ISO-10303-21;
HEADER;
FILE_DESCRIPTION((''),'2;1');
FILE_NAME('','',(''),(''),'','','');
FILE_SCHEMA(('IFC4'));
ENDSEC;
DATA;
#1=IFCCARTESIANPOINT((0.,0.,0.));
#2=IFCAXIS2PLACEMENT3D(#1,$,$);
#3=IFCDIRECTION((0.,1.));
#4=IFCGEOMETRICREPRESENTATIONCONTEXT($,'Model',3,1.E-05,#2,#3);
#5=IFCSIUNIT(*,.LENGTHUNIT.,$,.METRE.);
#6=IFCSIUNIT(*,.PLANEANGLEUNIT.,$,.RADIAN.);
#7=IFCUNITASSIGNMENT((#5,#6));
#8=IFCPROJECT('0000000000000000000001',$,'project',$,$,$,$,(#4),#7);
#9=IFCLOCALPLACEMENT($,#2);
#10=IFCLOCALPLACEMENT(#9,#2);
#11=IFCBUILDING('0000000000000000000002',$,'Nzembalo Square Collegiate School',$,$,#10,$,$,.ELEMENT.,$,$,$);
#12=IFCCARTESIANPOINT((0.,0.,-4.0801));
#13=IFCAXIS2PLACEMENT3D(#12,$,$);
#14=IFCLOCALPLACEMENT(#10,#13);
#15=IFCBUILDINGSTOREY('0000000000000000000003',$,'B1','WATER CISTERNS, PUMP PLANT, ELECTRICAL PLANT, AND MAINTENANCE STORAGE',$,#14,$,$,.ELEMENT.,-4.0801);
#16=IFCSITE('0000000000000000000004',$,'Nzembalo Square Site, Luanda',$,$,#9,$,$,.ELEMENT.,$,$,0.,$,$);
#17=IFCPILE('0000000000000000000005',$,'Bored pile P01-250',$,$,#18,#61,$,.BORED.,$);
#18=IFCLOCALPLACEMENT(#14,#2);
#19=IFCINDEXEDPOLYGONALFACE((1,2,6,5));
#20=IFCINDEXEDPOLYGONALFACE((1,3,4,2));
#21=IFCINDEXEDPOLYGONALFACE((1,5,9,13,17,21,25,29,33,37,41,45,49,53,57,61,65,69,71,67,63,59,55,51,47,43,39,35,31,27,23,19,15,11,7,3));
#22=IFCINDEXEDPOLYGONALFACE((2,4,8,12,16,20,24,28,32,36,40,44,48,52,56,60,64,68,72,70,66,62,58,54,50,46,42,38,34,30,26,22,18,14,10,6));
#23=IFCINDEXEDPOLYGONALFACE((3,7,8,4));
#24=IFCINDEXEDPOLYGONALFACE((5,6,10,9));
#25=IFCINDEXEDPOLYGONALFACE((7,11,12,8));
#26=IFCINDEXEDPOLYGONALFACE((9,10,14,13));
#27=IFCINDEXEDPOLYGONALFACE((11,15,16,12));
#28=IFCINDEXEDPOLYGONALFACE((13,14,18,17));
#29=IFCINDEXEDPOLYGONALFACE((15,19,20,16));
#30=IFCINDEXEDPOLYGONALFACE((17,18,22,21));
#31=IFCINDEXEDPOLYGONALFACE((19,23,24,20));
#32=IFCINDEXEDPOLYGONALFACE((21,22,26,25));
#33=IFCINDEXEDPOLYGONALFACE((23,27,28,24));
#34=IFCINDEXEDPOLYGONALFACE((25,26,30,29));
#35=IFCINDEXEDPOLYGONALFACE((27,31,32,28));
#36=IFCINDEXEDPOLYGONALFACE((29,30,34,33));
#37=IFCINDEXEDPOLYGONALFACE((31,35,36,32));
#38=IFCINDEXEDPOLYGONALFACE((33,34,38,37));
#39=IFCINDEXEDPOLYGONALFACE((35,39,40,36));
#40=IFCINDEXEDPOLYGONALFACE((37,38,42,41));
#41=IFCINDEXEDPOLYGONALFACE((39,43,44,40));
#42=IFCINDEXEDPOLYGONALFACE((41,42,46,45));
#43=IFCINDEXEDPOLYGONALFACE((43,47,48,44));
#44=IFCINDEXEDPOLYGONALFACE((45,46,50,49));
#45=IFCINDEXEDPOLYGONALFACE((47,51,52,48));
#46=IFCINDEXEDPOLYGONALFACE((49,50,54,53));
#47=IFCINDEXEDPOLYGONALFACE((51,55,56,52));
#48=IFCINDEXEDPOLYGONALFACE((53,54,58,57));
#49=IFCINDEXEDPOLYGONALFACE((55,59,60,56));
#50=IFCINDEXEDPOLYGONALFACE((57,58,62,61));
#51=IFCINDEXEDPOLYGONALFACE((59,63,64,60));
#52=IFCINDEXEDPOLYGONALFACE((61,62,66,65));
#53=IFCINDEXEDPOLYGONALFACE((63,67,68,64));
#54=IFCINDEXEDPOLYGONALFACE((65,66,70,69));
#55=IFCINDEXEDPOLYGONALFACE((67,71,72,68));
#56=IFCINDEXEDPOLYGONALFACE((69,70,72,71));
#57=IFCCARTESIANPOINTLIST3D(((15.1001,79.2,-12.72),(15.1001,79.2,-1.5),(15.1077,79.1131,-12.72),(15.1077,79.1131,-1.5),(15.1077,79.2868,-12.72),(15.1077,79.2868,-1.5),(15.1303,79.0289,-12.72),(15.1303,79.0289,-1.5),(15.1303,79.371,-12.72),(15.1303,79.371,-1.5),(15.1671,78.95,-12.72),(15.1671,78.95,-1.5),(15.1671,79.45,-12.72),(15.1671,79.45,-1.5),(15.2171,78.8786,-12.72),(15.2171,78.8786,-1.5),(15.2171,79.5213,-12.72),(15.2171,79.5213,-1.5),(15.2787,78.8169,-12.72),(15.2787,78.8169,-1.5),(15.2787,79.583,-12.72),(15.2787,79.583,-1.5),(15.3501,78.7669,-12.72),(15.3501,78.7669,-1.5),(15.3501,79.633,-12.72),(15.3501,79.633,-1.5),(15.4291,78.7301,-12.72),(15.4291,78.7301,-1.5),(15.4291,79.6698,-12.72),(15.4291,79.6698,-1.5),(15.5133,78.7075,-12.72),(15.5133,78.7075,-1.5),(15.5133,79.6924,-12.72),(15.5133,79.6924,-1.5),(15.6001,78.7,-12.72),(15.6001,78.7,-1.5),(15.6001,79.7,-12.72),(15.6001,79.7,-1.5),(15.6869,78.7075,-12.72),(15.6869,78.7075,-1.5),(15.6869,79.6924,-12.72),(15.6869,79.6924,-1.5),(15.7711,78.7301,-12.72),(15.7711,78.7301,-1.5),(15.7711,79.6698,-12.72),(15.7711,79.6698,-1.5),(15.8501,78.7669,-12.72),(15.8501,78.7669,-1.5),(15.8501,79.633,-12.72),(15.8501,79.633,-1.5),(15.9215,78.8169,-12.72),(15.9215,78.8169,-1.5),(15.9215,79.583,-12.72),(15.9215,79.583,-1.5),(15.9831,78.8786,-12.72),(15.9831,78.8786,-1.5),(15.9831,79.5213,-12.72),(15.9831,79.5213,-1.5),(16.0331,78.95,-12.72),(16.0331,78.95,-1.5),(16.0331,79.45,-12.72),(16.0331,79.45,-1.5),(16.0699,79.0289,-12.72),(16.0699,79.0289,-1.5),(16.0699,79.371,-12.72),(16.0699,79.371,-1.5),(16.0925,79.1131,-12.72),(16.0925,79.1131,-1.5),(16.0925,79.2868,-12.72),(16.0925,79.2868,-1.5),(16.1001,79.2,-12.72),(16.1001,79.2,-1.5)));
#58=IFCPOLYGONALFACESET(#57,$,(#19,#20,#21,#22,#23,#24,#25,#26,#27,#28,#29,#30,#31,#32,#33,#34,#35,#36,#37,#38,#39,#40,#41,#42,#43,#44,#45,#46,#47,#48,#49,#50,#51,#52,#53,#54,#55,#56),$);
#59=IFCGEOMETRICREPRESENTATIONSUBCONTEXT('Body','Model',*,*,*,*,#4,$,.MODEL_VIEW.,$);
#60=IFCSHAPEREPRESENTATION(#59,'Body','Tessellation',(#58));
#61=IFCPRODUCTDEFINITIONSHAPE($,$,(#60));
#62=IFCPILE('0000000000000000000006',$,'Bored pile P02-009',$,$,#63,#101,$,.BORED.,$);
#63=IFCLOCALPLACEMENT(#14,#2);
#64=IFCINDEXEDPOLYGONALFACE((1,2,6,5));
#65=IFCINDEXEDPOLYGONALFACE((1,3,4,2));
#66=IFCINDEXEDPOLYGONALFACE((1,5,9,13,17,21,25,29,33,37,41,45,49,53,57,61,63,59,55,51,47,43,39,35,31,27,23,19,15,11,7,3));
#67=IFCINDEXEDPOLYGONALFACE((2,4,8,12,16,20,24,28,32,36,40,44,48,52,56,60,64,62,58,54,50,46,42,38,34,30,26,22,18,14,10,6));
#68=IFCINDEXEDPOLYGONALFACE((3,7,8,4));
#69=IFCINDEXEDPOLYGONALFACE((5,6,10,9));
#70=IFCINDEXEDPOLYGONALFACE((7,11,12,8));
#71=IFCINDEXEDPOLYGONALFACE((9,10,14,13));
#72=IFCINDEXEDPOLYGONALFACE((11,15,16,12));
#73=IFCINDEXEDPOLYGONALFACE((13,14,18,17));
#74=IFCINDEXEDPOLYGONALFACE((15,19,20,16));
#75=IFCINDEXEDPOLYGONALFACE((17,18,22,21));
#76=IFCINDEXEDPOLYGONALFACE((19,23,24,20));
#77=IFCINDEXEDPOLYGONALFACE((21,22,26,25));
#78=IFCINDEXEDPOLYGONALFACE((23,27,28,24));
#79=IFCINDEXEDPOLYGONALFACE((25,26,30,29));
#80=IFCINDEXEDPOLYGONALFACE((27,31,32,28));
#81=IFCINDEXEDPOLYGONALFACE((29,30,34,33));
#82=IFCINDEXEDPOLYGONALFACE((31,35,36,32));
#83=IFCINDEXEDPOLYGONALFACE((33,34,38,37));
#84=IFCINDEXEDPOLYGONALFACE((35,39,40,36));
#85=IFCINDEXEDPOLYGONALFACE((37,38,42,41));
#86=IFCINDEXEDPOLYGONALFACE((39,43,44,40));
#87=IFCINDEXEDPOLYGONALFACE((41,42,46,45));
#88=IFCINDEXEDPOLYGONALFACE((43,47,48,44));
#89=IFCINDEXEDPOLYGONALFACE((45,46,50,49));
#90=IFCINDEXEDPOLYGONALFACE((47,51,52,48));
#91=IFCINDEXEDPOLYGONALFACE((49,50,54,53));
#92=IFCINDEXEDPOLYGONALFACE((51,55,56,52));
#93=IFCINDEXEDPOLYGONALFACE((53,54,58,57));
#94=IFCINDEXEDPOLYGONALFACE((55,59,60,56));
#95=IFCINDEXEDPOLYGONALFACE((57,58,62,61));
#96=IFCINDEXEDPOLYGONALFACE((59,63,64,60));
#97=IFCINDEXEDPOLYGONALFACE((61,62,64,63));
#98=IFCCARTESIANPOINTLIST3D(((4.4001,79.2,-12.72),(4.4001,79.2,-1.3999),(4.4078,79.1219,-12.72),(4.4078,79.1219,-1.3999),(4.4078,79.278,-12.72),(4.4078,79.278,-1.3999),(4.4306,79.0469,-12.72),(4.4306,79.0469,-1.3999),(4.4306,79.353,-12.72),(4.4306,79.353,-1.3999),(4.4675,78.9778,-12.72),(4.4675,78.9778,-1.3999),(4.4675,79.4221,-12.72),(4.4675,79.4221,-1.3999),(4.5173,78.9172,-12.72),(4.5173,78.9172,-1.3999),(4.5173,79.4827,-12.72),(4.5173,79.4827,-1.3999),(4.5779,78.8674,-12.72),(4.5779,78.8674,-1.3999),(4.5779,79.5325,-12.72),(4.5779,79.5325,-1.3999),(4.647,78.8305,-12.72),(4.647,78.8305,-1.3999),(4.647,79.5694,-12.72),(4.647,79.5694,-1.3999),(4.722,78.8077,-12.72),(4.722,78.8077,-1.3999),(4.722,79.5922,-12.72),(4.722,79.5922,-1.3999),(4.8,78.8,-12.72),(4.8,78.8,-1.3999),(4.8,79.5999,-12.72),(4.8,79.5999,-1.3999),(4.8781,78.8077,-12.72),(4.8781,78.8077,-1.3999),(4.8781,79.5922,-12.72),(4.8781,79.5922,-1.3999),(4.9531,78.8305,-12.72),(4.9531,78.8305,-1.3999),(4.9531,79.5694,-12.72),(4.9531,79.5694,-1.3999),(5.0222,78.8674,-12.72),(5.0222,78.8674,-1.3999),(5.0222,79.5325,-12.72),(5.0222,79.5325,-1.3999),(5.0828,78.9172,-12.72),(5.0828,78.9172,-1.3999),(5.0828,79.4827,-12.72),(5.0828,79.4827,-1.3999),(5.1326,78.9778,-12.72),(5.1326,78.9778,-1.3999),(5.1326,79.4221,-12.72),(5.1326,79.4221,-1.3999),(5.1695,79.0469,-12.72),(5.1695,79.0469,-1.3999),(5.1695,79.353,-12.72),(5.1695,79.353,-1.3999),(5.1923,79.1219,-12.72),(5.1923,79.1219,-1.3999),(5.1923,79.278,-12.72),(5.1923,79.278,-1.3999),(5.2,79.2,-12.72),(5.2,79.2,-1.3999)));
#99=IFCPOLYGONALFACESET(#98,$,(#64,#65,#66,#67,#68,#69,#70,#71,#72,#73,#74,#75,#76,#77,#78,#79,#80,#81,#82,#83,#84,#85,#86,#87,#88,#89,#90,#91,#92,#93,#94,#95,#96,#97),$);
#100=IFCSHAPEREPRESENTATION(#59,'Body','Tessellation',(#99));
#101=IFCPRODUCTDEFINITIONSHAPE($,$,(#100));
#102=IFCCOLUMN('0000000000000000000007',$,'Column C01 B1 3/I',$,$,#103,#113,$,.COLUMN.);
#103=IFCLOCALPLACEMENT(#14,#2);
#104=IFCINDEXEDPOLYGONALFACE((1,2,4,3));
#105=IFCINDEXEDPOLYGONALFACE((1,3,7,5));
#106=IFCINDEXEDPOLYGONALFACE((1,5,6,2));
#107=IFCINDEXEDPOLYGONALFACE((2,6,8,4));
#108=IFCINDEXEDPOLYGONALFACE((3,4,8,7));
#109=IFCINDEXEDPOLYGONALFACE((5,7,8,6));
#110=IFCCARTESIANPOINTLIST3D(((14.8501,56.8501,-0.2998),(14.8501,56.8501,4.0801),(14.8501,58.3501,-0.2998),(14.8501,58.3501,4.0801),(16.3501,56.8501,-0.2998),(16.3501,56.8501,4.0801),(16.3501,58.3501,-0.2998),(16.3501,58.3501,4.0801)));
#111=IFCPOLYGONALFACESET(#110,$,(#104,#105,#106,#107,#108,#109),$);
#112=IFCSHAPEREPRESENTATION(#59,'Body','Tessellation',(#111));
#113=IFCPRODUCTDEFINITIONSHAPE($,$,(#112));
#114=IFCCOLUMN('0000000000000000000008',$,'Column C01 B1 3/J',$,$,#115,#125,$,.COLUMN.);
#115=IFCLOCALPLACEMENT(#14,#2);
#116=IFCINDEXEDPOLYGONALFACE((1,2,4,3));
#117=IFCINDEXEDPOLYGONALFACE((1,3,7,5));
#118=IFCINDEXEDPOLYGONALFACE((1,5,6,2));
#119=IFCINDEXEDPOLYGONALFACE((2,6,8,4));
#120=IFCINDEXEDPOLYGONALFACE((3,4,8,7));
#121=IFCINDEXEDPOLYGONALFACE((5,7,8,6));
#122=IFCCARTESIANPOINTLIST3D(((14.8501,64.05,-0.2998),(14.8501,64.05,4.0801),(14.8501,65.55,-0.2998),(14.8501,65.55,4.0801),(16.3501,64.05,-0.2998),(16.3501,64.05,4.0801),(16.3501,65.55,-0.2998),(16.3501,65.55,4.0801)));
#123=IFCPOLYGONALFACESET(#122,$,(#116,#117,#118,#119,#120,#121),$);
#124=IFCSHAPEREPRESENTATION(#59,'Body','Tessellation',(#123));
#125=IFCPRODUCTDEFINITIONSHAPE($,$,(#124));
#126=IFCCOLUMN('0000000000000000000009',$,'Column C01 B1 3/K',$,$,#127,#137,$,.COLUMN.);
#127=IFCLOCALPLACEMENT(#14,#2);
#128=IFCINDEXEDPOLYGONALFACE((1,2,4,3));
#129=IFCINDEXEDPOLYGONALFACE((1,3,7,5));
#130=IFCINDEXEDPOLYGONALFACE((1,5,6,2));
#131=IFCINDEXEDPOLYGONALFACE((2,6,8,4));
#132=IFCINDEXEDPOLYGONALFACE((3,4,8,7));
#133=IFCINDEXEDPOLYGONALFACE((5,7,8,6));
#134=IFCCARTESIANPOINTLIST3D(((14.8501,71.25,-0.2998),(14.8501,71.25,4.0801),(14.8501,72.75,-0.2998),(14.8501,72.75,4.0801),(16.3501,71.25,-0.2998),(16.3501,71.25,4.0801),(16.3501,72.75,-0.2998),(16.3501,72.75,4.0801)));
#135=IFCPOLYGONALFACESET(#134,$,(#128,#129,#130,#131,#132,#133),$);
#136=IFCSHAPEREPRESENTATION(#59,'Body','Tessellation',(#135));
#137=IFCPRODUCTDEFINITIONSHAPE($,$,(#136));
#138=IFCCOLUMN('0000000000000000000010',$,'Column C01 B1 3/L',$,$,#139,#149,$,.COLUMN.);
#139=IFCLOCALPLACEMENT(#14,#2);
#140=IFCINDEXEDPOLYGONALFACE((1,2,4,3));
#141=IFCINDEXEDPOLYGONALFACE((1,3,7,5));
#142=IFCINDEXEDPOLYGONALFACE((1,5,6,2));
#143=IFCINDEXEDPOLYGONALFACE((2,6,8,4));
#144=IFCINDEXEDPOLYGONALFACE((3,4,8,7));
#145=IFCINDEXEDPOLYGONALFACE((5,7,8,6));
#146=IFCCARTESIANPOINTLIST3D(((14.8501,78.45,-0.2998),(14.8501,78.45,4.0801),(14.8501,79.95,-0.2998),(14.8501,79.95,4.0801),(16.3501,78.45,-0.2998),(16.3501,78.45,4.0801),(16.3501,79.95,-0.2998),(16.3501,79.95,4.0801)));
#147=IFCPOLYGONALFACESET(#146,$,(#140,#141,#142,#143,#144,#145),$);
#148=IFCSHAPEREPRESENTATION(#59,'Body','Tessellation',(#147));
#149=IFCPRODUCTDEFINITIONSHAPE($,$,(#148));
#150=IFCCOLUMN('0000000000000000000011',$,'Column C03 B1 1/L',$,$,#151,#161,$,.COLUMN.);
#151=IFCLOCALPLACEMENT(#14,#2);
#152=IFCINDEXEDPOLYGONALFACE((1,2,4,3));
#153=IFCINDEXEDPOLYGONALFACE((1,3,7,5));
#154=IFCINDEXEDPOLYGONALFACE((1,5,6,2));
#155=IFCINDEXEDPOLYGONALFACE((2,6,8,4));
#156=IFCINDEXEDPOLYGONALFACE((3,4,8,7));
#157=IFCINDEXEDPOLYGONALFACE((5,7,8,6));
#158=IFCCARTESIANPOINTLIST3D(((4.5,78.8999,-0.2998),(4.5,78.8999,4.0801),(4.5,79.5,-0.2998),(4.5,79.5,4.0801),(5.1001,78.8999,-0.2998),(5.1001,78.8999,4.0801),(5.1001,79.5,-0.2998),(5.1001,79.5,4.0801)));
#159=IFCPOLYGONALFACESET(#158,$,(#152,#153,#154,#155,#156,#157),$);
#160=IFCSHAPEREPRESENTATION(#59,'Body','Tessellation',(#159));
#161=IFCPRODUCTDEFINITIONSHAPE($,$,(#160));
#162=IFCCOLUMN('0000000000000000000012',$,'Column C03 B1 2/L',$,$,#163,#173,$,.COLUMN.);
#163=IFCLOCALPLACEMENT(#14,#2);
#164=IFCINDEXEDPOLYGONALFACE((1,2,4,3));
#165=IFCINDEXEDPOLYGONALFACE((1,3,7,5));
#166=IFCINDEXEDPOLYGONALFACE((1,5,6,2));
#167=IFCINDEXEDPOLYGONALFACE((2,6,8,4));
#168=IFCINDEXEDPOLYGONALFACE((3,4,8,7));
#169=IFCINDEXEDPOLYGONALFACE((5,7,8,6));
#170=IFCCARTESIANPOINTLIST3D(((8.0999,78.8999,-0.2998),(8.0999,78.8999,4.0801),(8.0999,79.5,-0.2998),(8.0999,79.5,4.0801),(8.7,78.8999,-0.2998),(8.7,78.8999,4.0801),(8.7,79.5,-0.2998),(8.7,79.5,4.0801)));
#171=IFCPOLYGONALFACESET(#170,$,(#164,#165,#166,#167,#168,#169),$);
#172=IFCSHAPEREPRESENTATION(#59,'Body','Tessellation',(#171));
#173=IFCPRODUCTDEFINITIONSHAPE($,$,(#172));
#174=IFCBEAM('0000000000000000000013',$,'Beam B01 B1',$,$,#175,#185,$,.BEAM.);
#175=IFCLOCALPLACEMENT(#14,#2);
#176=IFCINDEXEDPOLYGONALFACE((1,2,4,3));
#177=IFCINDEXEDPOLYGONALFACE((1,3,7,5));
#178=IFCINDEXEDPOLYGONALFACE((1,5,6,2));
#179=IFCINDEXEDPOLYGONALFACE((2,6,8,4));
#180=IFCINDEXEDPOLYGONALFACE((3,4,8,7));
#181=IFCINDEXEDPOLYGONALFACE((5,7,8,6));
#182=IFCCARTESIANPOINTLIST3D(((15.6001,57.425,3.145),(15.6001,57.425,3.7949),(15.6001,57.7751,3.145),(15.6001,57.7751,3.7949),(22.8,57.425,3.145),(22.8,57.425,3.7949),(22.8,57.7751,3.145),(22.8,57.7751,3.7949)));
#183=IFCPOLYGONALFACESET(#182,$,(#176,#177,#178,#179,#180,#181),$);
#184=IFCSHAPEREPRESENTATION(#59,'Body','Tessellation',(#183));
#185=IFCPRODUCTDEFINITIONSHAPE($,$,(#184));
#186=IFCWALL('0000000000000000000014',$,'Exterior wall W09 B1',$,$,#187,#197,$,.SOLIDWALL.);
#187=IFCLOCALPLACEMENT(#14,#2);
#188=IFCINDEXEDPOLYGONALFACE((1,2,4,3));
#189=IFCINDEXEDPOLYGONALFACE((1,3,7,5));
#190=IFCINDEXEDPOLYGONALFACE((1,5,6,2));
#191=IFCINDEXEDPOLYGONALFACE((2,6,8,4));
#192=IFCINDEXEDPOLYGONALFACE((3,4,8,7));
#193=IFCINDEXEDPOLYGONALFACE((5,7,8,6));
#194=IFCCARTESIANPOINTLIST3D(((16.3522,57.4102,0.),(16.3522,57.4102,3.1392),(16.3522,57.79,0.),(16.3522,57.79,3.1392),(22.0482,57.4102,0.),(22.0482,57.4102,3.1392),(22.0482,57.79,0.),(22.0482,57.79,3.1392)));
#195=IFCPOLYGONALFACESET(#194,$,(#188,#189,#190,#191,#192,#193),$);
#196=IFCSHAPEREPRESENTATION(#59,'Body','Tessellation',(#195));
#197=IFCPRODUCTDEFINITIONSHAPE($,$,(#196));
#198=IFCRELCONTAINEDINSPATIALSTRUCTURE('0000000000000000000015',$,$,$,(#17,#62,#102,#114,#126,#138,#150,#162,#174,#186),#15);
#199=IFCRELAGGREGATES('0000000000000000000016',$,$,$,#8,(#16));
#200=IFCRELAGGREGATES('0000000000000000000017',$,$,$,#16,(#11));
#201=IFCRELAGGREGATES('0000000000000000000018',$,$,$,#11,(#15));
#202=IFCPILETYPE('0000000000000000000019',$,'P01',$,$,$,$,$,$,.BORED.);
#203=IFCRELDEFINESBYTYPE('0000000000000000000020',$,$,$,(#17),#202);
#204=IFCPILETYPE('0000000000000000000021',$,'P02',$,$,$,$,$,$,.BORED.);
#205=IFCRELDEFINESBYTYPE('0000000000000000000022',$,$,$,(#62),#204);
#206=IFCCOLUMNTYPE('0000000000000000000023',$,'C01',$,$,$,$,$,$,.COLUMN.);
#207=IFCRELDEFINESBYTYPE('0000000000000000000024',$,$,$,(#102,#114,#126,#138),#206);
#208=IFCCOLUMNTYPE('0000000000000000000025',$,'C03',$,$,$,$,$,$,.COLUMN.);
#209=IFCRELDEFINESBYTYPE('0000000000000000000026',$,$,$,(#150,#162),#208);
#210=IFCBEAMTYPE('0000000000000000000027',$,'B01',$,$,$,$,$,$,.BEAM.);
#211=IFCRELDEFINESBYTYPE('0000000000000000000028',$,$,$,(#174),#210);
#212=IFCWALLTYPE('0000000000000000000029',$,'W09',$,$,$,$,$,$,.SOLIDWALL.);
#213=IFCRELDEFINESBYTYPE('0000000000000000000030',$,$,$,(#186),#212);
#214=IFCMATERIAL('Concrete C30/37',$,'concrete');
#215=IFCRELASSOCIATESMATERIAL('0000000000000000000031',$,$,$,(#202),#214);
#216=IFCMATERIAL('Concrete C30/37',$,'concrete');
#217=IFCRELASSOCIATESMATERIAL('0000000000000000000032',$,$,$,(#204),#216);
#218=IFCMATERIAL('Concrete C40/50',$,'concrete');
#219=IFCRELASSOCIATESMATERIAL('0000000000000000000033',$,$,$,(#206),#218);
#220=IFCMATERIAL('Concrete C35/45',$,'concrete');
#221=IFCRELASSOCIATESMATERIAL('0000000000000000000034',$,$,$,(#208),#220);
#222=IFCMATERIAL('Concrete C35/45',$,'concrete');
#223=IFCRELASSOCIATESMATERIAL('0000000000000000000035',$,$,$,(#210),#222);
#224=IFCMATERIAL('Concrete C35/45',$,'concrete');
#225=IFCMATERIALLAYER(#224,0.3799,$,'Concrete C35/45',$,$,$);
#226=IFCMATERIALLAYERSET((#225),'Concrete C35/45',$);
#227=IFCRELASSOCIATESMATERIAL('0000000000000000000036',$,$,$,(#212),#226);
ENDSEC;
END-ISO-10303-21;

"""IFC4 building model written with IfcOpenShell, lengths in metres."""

from ifc_helpers import new_model, si_unit, direction, frame, frame_2d, origin, origin_2d, place, context, subcontext, project, spatial, rectangle, circle, extrude, material, layer, layer_set, material_profile, profile_set, type_object, element, save


model = new_model("IFC4")

# Units and contexts
model_context = context("Model", 3, precision=1e-05, world=origin(), true_north=direction((0.0, 1.0)))
body_context = subcontext(model_context, "Body", "Model", "MODEL_VIEW")
ifc_project = project(units=[si_unit("LENGTHUNIT", "METRE"), si_unit("PLANEANGLEUNIT", "RADIAN")], contexts=[model_context])

# Site, building, storey
site_placement = place(None, origin())
site = spatial("IfcSite", under=ifc_project, at=site_placement, Name="Nzembalo Square Site, Luanda", CompositionType="ELEMENT", RefElevation=0.0)
building_placement = place(site_placement, origin())
building = spatial("IfcBuilding", under=site, at=building_placement, Name="Nzembalo Square Collegiate School", CompositionType="ELEMENT")
storey_placement = place(building_placement, frame((0.0, 0.0, -4.0801)))
storey = spatial("IfcBuildingStorey", under=building, at=storey_placement, Name="B1", Description="WATER CISTERNS, PUMP PLANT, ELECTRICAL PLANT, AND MAINTENANCE STORAGE", CompositionType="ELEMENT", Elevation=-4.0801)

# Piles
ifc_material_1 = material(Name="Concrete C30/37", Category="concrete")
ifc_material_profile_1 = material_profile(ifc_material_1, circle(Radius=0.5, at=origin_2d()), Name="PILE D1000")
ifc_profile_set_1 = profile_set([ifc_material_profile_1], Name="Concrete C30/37")
pile_type_1 = type_object("IfcPileType", Name="P01", PredefinedType="BORED", material=ifc_profile_set_1)
pile_1_placement = place(storey_placement, frame((15.6001, 79.2, -1.5), z_axis=(0.0, 0.0, -1.0), x_axis=(1.0, 0.0, 0.0)))
element("IfcPile", 1, at=pile_1_placement, inside=storey, type_object=pile_type_1, Name="Bored pile P01-250", PredefinedType="BORED", context=body_context, shape_type="SweptSolid", body=[
    extrude(circle(Radius=0.5, at=origin_2d()), origin(), (0.0, 0.0, 1.0), 11.22),
])
ifc_material_2 = material(Name="Concrete C30/37", Category="concrete")
ifc_material_profile_2 = material_profile(ifc_material_2, circle(Radius=0.3999, at=origin_2d()), Name="PILE D800")
ifc_profile_set_2 = profile_set([ifc_material_profile_2], Name="Concrete C30/37")
pile_type_2 = type_object("IfcPileType", Name="P02", PredefinedType="BORED", material=ifc_profile_set_2)
pile_2_placement = place(storey_placement, frame((4.8, 79.2, -1.3999), z_axis=(0.0, 0.0, -1.0), x_axis=(1.0, 0.0, 0.0)))
element("IfcPile", 2, at=pile_2_placement, inside=storey, type_object=pile_type_2, Name="Bored pile P02-009", PredefinedType="BORED", context=body_context, shape_type="SweptSolid", body=[
    extrude(circle(Radius=0.3999, at=origin_2d()), origin(), (0.0, 0.0, 1.0), 11.3201),
])

# Columns
ifc_material_3 = material(Name="Concrete C40/50", Category="concrete")
ifc_material_profile_3 = material_profile(ifc_material_3, rectangle(XDim=1.5, YDim=1.5, at=origin_2d()), Name="RC 1500x1500")
ifc_profile_set_3 = profile_set([ifc_material_profile_3], Name="Concrete C40/50")
column_type_1 = type_object("IfcColumnType", Name="C01", PredefinedType="COLUMN", material=ifc_profile_set_3)
for number, where, z_axis, x_axis, name in (
    (3, (15.6001, 57.6001, -0.2998), (0.0, 0.0, 1.0), (1.0, 0.0, 0.0), "Column C01 B1 3/I"),
    (4, (15.6001, 64.8, -0.2998), (0.0, 0.0, 1.0), (1.0, 0.0, 0.0), "Column C01 B1 3/J"),
    (5, (15.6001, 72.0, -0.2998), (0.0, 0.0, 1.0), (1.0, 0.0, 0.0), "Column C01 B1 3/K"),
    (6, (15.6001, 79.2, -0.2998), (0.0, 0.0, 1.0), (1.0, 0.0, 0.0), "Column C01 B1 3/L"),
):
    element("IfcColumn", number, at=place(storey_placement, frame(where, z_axis=z_axis, x_axis=x_axis)), inside=storey, type_object=column_type_1, Name=name, PredefinedType="COLUMN", context=body_context, shape_type="SweptSolid", body=[
        extrude(rectangle(XDim=1.5, YDim=1.5, at=origin_2d()), origin(), (0.0, 0.0, 1.0), 4.3799),
    ])
ifc_material_4 = material(Name="Concrete C35/45", Category="concrete")
ifc_material_profile_4 = material_profile(ifc_material_4, rectangle(XDim=0.6001, YDim=0.6001, at=origin_2d()), Name="RC 600x600")
ifc_profile_set_4 = profile_set([ifc_material_profile_4], Name="Concrete C35/45")
column_type_2 = type_object("IfcColumnType", Name="C03", PredefinedType="COLUMN", material=ifc_profile_set_4)
for number, where, z_axis, x_axis, name in (
    (7, (4.8, 79.2, -0.2998), (0.0, 0.0, 1.0), (1.0, 0.0, 0.0), "Column C03 B1 1/L"),
    (8, (8.3999, 79.2, -0.2998), (0.0, 0.0, 1.0), (1.0, 0.0, 0.0), "Column C03 B1 2/L"),
):
    element("IfcColumn", number, at=place(storey_placement, frame(where, z_axis=z_axis, x_axis=x_axis)), inside=storey, type_object=column_type_2, Name=name, PredefinedType="COLUMN", context=body_context, shape_type="SweptSolid", body=[
        extrude(rectangle(XDim=0.6001, YDim=0.6001, at=origin_2d()), origin(), (0.0, 0.0, 1.0), 4.3799),
    ])

# Beam
ifc_material_5 = material(Name="Concrete C35/45", Category="concrete")
ifc_material_profile_5 = material_profile(ifc_material_5, rectangle(XDim=0.3501, YDim=0.6499, at=origin_2d()), Name="RC 350x650")
ifc_profile_set_5 = profile_set([ifc_material_profile_5], Name="Concrete C35/45")
beam_type = type_object("IfcBeamType", Name="B01", PredefinedType="BEAM", material=ifc_profile_set_5)
beam_placement = place(storey_placement, frame((15.6001, 57.6001, 3.47), z_axis=(1.0, 0.0, 0.0), x_axis=(0.0, 1.0, 0.0)))
element("IfcBeam", 9, at=beam_placement, inside=storey, type_object=beam_type, Name="Beam B01 B1", PredefinedType="BEAM", context=body_context, shape_type="SweptSolid", body=[
    extrude(rectangle(XDim=0.3501, YDim=0.6499, at=origin_2d()), origin(), (0.0, 0.0, 1.0), 7.2),
])

# Wall
ifc_material_6 = material(Name="Concrete C35/45", Category="concrete")
ifc_layer = layer(ifc_material_6, 0.3799, Name="Concrete C35/45")
ifc_layer_set = layer_set([ifc_layer], Name="Concrete C35/45")
wall_type = type_object("IfcWallType", Name="W09", PredefinedType="SOLIDWALL", material=ifc_layer_set)
wall_placement = place(storey_placement, frame((16.3521, 57.6001, 0.0), z_axis=(0.0, 0.0, 1.0), x_axis=(1.0, 0.0, 0.0)))
element("IfcWall", 10, at=wall_placement, inside=storey, type_object=wall_type, Name="Exterior wall W09 B1", PredefinedType="SOLIDWALL", context=body_context, shape_type="SweptSolid", body=[
    extrude(rectangle(XDim=5.696, YDim=0.3799, at=frame_2d((2.8481, 0.0))), origin(), (0.0, 0.0, 1.0), 3.1392),
])

save(model, "model.ifc")
